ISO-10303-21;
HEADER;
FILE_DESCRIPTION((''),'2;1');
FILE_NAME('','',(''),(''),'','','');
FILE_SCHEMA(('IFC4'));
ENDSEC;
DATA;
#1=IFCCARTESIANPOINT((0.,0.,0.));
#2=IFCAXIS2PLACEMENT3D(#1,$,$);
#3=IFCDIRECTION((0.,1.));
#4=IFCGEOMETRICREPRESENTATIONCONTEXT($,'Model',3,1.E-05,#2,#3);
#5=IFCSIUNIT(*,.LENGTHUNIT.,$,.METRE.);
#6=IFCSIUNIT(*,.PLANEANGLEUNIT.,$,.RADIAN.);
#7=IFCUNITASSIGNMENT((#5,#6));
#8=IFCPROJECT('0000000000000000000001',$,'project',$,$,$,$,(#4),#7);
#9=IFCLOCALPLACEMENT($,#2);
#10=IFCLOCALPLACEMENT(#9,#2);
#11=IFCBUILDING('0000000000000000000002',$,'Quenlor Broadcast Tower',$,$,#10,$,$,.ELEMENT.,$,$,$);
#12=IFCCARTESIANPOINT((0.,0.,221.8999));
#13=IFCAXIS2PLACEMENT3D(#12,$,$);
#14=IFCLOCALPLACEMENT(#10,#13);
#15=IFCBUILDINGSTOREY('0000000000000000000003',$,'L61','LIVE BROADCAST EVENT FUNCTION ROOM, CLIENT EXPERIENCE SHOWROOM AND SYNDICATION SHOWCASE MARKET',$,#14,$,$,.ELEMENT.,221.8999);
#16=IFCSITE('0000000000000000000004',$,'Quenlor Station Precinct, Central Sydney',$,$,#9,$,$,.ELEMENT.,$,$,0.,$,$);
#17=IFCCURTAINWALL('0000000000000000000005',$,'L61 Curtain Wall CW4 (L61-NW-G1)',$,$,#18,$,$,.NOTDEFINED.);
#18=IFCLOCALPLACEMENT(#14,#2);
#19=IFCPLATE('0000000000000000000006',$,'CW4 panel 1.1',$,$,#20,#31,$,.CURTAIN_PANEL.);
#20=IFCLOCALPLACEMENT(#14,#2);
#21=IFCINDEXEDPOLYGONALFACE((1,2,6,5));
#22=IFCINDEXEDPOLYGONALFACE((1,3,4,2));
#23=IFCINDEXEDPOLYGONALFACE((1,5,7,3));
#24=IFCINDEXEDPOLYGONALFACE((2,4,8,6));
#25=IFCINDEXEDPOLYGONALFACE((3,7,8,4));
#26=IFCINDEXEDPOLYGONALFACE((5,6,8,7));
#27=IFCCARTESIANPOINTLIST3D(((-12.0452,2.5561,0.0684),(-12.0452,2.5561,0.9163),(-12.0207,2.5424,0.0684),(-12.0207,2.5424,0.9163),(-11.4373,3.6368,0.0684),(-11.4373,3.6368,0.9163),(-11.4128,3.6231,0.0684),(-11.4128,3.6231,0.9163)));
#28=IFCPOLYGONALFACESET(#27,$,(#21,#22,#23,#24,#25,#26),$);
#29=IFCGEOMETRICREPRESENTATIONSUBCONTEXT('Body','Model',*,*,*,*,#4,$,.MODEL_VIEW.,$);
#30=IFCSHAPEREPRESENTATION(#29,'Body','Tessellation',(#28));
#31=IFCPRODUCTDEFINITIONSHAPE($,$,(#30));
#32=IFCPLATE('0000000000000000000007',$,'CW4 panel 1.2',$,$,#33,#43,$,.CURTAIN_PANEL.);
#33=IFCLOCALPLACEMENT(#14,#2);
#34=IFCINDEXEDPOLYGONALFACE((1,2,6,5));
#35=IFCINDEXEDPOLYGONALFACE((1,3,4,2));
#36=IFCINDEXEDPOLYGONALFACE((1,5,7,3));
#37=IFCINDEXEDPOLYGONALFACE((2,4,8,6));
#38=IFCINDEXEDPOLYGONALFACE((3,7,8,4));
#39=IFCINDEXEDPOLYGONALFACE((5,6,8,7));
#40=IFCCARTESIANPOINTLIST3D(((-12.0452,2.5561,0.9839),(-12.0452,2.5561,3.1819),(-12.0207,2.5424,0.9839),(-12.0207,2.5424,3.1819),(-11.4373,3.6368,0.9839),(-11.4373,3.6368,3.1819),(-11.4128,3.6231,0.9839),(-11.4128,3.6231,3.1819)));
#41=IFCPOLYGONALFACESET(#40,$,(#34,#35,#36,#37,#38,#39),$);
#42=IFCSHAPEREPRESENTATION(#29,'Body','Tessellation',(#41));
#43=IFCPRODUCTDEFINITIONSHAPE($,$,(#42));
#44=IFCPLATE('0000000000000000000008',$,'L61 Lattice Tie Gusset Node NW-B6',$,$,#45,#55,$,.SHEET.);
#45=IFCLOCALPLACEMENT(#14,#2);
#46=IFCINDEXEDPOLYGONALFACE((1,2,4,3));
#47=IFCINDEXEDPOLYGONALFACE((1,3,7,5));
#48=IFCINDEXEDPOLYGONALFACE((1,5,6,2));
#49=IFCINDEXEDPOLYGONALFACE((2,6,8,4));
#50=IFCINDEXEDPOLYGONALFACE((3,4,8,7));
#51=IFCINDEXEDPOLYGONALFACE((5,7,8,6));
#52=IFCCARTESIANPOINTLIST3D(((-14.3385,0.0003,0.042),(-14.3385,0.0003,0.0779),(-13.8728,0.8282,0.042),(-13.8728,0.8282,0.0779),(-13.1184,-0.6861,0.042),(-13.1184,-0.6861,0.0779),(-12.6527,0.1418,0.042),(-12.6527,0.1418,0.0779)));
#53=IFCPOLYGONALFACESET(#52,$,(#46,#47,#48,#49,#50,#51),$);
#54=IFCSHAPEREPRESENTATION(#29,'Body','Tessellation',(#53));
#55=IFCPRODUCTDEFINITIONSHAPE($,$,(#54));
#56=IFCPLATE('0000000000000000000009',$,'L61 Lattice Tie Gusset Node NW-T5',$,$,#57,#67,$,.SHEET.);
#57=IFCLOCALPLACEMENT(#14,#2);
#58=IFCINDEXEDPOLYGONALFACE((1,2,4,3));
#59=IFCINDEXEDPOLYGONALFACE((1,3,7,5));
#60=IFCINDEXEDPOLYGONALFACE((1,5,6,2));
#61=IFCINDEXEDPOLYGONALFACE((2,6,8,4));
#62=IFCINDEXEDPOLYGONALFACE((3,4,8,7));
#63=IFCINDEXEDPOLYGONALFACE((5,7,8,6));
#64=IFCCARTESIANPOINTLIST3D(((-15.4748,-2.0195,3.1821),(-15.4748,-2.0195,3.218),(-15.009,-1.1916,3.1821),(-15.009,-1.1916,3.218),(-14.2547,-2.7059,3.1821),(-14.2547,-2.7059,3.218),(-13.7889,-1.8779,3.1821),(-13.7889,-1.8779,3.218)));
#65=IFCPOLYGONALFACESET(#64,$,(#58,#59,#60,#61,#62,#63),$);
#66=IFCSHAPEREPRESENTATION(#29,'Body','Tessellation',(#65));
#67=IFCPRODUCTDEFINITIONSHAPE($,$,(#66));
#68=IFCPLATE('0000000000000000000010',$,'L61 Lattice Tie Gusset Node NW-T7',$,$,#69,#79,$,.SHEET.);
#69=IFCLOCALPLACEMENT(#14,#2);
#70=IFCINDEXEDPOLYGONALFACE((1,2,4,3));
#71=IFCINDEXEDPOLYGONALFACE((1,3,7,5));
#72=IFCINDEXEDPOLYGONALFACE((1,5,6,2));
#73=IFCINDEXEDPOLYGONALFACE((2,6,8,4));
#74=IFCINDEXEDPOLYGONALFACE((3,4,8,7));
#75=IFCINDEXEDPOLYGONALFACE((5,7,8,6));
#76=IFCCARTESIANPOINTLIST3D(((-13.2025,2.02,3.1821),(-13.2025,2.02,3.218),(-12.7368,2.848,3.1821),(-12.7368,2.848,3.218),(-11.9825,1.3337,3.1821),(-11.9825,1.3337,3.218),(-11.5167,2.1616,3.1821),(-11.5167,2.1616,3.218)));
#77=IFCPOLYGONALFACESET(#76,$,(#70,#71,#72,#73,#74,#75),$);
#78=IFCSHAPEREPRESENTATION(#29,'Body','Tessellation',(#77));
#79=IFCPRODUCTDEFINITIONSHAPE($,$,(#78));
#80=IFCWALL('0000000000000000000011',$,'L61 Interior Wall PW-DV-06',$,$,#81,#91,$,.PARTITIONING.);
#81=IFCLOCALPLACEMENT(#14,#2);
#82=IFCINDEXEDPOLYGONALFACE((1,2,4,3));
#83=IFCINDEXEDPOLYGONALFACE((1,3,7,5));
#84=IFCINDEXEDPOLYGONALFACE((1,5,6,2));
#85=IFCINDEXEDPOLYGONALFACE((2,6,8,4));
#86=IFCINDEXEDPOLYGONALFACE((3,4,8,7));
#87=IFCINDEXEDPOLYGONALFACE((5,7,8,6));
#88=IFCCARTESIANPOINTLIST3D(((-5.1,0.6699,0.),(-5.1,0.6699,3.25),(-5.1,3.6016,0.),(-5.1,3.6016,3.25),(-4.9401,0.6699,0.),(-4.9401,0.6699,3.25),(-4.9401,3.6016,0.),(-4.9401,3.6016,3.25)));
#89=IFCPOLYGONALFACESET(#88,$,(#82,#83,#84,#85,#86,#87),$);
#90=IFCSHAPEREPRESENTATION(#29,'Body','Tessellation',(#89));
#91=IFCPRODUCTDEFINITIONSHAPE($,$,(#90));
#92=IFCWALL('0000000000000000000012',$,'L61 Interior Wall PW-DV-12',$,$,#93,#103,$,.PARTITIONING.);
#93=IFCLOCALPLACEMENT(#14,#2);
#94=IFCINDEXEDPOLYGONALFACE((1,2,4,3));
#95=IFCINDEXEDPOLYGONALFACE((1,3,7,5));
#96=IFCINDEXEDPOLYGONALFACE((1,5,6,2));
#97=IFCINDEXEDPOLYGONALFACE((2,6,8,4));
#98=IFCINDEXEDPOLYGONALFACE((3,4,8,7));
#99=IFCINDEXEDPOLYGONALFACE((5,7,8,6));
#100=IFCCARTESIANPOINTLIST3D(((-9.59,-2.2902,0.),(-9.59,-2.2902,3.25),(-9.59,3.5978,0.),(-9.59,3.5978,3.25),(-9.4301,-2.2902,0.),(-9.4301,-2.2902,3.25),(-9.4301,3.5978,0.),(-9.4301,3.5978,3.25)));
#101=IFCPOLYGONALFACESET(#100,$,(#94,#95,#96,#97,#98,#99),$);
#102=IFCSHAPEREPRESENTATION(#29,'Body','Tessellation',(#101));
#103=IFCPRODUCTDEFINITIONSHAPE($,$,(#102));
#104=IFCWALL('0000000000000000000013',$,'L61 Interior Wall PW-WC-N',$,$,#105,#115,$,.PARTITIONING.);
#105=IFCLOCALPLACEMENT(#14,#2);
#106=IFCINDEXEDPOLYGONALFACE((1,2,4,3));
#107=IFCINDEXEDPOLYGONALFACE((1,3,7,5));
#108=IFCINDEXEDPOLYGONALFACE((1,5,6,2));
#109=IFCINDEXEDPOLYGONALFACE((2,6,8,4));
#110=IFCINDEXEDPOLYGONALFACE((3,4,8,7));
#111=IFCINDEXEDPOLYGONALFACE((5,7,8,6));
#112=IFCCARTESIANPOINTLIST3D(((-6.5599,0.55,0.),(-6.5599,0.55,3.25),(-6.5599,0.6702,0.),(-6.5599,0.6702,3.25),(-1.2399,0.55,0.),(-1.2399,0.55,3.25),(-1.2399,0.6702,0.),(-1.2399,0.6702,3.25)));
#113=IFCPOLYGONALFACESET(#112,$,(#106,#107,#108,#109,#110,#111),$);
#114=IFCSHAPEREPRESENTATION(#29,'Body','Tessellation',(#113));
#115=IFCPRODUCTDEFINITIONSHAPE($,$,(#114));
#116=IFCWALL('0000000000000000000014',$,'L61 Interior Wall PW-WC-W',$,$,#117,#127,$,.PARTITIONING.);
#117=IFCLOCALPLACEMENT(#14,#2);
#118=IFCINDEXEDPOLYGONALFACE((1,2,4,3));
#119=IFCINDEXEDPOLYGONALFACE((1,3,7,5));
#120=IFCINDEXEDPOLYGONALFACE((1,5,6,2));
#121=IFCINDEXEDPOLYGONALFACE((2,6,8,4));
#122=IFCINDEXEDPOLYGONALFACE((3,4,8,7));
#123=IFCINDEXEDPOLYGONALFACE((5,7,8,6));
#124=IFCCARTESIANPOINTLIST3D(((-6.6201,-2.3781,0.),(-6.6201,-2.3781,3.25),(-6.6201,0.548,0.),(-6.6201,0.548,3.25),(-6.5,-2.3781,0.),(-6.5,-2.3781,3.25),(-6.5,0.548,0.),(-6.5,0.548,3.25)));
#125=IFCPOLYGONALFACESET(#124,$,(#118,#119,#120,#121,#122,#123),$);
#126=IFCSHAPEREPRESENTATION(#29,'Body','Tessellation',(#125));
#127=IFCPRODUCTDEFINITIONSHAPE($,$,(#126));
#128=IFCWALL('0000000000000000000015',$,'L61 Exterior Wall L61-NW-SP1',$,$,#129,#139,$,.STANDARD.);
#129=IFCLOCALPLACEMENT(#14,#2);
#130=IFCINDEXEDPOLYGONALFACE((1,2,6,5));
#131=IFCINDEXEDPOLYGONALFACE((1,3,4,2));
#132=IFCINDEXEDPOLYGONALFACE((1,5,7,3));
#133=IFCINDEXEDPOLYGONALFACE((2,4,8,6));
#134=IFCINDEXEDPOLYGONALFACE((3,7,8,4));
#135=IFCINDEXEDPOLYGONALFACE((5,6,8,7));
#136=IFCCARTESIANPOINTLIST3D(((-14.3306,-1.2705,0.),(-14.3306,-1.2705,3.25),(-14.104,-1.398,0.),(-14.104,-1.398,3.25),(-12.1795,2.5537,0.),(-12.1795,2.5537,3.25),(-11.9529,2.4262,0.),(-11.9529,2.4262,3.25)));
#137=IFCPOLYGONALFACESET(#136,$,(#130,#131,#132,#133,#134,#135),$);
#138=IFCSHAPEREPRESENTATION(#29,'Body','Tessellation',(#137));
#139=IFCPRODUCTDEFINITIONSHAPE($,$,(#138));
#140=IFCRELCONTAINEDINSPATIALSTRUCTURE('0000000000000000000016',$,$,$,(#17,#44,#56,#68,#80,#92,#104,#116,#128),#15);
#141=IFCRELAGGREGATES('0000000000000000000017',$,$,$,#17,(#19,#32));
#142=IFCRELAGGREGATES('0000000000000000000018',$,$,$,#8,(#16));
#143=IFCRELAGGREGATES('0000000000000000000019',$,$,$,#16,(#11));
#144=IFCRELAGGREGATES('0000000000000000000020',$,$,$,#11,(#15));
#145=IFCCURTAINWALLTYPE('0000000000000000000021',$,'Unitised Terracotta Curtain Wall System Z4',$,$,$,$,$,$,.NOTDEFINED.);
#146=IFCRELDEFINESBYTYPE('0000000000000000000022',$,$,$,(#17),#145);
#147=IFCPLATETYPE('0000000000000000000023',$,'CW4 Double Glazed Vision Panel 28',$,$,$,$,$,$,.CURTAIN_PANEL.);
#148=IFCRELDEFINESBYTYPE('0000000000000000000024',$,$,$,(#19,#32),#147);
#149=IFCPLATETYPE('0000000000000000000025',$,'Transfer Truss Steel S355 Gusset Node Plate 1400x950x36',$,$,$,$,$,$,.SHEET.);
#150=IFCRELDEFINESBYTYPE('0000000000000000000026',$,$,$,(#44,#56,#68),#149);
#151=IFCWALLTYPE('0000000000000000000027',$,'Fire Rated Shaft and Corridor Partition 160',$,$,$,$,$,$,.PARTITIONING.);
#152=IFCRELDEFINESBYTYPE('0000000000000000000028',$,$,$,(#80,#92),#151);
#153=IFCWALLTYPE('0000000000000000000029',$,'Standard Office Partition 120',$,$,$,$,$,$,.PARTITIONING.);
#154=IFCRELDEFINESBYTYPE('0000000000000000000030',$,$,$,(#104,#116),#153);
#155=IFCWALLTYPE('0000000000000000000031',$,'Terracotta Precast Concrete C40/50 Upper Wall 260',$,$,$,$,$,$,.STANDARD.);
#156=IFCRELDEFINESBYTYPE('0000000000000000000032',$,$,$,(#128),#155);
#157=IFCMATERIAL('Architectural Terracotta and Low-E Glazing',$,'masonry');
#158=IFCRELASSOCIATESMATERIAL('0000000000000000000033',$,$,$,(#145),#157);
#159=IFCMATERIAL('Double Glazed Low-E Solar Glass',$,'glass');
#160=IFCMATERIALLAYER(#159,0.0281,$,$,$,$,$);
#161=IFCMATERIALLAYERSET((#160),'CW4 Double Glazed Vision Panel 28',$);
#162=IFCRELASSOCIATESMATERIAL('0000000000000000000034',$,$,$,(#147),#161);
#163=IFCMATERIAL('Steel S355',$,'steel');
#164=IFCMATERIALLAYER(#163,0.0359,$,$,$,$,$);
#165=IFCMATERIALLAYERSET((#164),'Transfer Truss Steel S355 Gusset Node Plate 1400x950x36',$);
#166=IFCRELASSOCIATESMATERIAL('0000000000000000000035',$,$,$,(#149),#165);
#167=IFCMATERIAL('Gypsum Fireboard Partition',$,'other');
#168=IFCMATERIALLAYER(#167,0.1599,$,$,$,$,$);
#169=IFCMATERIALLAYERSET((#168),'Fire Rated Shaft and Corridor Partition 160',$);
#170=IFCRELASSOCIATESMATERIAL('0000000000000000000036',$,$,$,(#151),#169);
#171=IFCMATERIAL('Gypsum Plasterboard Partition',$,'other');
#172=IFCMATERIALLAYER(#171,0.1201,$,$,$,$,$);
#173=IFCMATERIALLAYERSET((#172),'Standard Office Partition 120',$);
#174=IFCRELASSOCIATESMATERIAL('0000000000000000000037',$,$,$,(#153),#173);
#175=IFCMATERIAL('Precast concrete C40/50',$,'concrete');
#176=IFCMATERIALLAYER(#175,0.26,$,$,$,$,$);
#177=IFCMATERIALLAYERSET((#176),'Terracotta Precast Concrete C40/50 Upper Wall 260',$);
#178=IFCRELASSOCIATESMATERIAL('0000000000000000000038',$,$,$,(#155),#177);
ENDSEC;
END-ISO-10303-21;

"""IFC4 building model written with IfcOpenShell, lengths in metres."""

from ifc_helpers import new_model, si_unit, direction, frame, frame_2d, origin, origin_2d, place, context, subcontext, project, spatial, rectangle, extrude, material, layer, layer_set, type_object, element, aggregate, save


model = new_model("IFC4")

# Units and contexts
model_context = context("Model", 3, precision=1e-05, world=origin(), true_north=direction((0.0, 1.0)))
body_context = subcontext(model_context, "Body", "Model", "MODEL_VIEW")
ifc_project = project(units=[si_unit("LENGTHUNIT", "METRE"), si_unit("PLANEANGLEUNIT", "RADIAN")], contexts=[model_context])

# Site, building, storey
site_placement = place(None, origin())
site = spatial("IfcSite", under=ifc_project, at=site_placement, Name="Quenlor Station Precinct, Central Sydney", CompositionType="ELEMENT", RefElevation=0.0)
building_placement = place(site_placement, origin())
building = spatial("IfcBuilding", under=site, at=building_placement, Name="Quenlor Broadcast Tower", CompositionType="ELEMENT")
storey_placement = place(building_placement, frame((0.0, 0.0, 221.8999)))
storey = spatial("IfcBuildingStorey", under=building, at=storey_placement, Name="L61", Description="LIVE BROADCAST EVENT FUNCTION ROOM, CLIENT EXPERIENCE SHOWROOM AND SYNDICATION SHOWCASE MARKET", CompositionType="ELEMENT", Elevation=221.8999)

# Curtain wall
ifc_material_1 = material(Name="Architectural Terracotta and Low-E Glazing", Category="masonry")
curtain_wall_type = type_object("IfcCurtainWallType", Name="Unitised Terracotta Curtain Wall System Z4", PredefinedType="NOTDEFINED", material=ifc_material_1)
curtain_wall_placement = place(storey_placement, origin())
curtain_wall = element("IfcCurtainWall", 1, at=curtain_wall_placement, inside=storey, type_object=curtain_wall_type, Name="L61 Curtain Wall CW4 (L61-NW-G1)", PredefinedType="NOTDEFINED")

# Plates
ifc_material_2 = material(Name="Double Glazed Low-E Solar Glass", Category="glass")
ifc_layer_1 = layer(ifc_material_2, 0.0281)
ifc_layer_set_1 = layer_set([ifc_layer_1], Name="CW4 Double Glazed Vision Panel 28")
plate_type_1 = type_object("IfcPlateType", Name="CW4 Double Glazed Vision Panel 28", PredefinedType="CURTAIN_PANEL", material=ifc_layer_set_1)
plate_1_placement = place(storey_placement, frame((-11.729, 3.0896, 0.0684), z_axis=(0.0, 0.0, 1.0), x_axis=(0.490289, 0.87156, 0.0)))
plate_1 = element("IfcPlate", 2, at=plate_1_placement, type_object=plate_type_1, Name="CW4 panel 1.1", PredefinedType="CURTAIN_PANEL", context=body_context, shape_type="SweptSolid", body=[
    extrude(rectangle(XDim=1.24, YDim=0.0281, at=origin_2d()), origin(), (0.0, 0.0, 1.0), 0.8479),
])
plate_2_placement = place(storey_placement, frame((-11.729, 3.0896, 0.9839), z_axis=(0.0, 0.0, 1.0), x_axis=(0.490289, 0.87156, 0.0)))
plate_2 = element("IfcPlate", 3, at=plate_2_placement, type_object=plate_type_1, Name="CW4 panel 1.2", PredefinedType="CURTAIN_PANEL", context=body_context, shape_type="SweptSolid", body=[
    extrude(rectangle(XDim=1.24, YDim=0.0281, at=origin_2d()), origin(), (0.0, 0.0, 1.0), 2.198),
])
aggregate(curtain_wall, [plate_1, plate_2])

# Plates
ifc_material_3 = material(Name="Steel S355", Category="steel")
ifc_layer_2 = layer(ifc_material_3, 0.0359)
ifc_layer_set_2 = layer_set([ifc_layer_2], Name="Transfer Truss Steel S355 Gusset Node Plate 1400x950x36")
plate_type_2 = type_object("IfcPlateType", Name="Transfer Truss Steel S355 Gusset Node Plate 1400x950x36", PredefinedType="SHEET", material=ifc_layer_set_2)
for number, where, z_axis, x_axis, name in (
    (4, (-13.4956, 0.071, 0.042), (0.0, 0.0, 1.0), (-0.871556, 0.490295, 0.0), "L61 Lattice Tie Gusset Node NW-B6"),
    (5, (-14.6318, -1.9487, 3.1821), (0.0, 0.0, 1.0), (-0.871556, 0.490295, 0.0), "L61 Lattice Tie Gusset Node NW-T5"),
    (6, (-12.3596, 2.0908, 3.1821), (0.0, 0.0, 1.0), (-0.871556, 0.490295, 0.0), "L61 Lattice Tie Gusset Node NW-T7"),
):
    element("IfcPlate", number, at=place(storey_placement, frame(where, z_axis=z_axis, x_axis=x_axis)), inside=storey, type_object=plate_type_2, Name=name, PredefinedType="SHEET", context=body_context, shape_type="SweptSolid", body=[
        extrude(rectangle(XDim=1.3999, YDim=0.95, at=origin_2d()), origin(), (0.0, 0.0, 1.0), 0.0359),
    ])

# Walls
ifc_material_4 = material(Name="Gypsum Fireboard Partition", Category="other")
ifc_layer_3 = layer(ifc_material_4, 0.1599)
ifc_layer_set_3 = layer_set([ifc_layer_3], Name="Fire Rated Shaft and Corridor Partition 160")
wall_type_1 = type_object("IfcWallType", Name="Fire Rated Shaft and Corridor Partition 160", PredefinedType="PARTITIONING", material=ifc_layer_set_3)
wall_1_placement = place(storey_placement, frame((-5.02, 0.6699, 0.0), z_axis=(0.0, 0.0, 1.0), x_axis=(0.0, 1.0, 0.0)))
element("IfcWall", 7, at=wall_1_placement, inside=storey, type_object=wall_type_1, Name="L61 Interior Wall PW-DV-06", PredefinedType="PARTITIONING", context=body_context, shape_type="SweptSolid", body=[
    extrude(rectangle(XDim=2.9316, YDim=0.1599, at=frame_2d((1.4658, 0.0))), origin(), (0.0, 0.0, 1.0), 3.25),
])
wall_2_placement = place(storey_placement, frame((-9.51, -2.29, 0.0), z_axis=(0.0, 0.0, 1.0), x_axis=(0.0, 1.0, 0.0)))
element("IfcWall", 8, at=wall_2_placement, inside=storey, type_object=wall_type_1, Name="L61 Interior Wall PW-DV-12", PredefinedType="PARTITIONING", context=body_context, shape_type="SweptSolid", body=[
    extrude(rectangle(XDim=5.8879, YDim=0.1599, at=frame_2d((2.9438, 0.0))), origin(), (0.0, 0.0, 1.0), 3.25),
])
ifc_material_5 = material(Name="Gypsum Plasterboard Partition", Category="other")
ifc_layer_4 = layer(ifc_material_5, 0.1201)
ifc_layer_set_4 = layer_set([ifc_layer_4], Name="Standard Office Partition 120")
wall_type_2 = type_object("IfcWallType", Name="Standard Office Partition 120", PredefinedType="PARTITIONING", material=ifc_layer_set_4)
wall_3_placement = place(storey_placement, frame((-6.5601, 0.6101, 0.0), z_axis=(0.0, 0.0, 1.0), x_axis=(1.0, 0.0, 0.0)))
element("IfcWall", 9, at=wall_3_placement, inside=storey, type_object=wall_type_2, Name="L61 Interior Wall PW-WC-N", PredefinedType="PARTITIONING", context=body_context, shape_type="SweptSolid", body=[
    extrude(rectangle(XDim=5.3201, YDim=0.1201, at=frame_2d((2.6602, 0.0))), origin(), (0.0, 0.0, 1.0), 3.25),
])
wall_4_placement = place(storey_placement, frame((-6.5601, -2.3779, 0.0), z_axis=(0.0, 0.0, 1.0), x_axis=(0.0, 1.0, 0.0)))
element("IfcWall", 10, at=wall_4_placement, inside=storey, type_object=wall_type_2, Name="L61 Interior Wall PW-WC-W", PredefinedType="PARTITIONING", context=body_context, shape_type="SweptSolid", body=[
    extrude(rectangle(XDim=2.926, YDim=0.1201, at=frame_2d((1.4629, 0.0))), origin(), (0.0, 0.0, 1.0), 3.25),
])
ifc_material_6 = material(Name="Precast concrete C40/50", Category="concrete")
ifc_layer_5 = layer(ifc_material_6, 0.26)
ifc_layer_set_5 = layer_set([ifc_layer_5], Name="Terracotta Precast Concrete C40/50 Upper Wall 260")
wall_type_3 = type_object("IfcWallType", Name="Terracotta Precast Concrete C40/50 Upper Wall 260", PredefinedType="STANDARD", material=ifc_layer_set_5)
wall_5_placement = place(storey_placement, frame((-14.2173, -1.3342, 0.0), z_axis=(0.0, 0.0, 1.0), x_axis=(0.490261, 0.871576, 0.0)))
element("IfcWall", 11, at=wall_5_placement, inside=storey, type_object=wall_type_3, Name="L61 Exterior Wall L61-NW-SP1", PredefinedType="STANDARD", context=body_context, shape_type="SweptSolid", body=[
    extrude(rectangle(XDim=4.3877, YDim=0.26, at=frame_2d((2.1938, 0.0))), origin(), (0.0, 0.0, 1.0), 3.25),
])

save(model, "model.ifc")
